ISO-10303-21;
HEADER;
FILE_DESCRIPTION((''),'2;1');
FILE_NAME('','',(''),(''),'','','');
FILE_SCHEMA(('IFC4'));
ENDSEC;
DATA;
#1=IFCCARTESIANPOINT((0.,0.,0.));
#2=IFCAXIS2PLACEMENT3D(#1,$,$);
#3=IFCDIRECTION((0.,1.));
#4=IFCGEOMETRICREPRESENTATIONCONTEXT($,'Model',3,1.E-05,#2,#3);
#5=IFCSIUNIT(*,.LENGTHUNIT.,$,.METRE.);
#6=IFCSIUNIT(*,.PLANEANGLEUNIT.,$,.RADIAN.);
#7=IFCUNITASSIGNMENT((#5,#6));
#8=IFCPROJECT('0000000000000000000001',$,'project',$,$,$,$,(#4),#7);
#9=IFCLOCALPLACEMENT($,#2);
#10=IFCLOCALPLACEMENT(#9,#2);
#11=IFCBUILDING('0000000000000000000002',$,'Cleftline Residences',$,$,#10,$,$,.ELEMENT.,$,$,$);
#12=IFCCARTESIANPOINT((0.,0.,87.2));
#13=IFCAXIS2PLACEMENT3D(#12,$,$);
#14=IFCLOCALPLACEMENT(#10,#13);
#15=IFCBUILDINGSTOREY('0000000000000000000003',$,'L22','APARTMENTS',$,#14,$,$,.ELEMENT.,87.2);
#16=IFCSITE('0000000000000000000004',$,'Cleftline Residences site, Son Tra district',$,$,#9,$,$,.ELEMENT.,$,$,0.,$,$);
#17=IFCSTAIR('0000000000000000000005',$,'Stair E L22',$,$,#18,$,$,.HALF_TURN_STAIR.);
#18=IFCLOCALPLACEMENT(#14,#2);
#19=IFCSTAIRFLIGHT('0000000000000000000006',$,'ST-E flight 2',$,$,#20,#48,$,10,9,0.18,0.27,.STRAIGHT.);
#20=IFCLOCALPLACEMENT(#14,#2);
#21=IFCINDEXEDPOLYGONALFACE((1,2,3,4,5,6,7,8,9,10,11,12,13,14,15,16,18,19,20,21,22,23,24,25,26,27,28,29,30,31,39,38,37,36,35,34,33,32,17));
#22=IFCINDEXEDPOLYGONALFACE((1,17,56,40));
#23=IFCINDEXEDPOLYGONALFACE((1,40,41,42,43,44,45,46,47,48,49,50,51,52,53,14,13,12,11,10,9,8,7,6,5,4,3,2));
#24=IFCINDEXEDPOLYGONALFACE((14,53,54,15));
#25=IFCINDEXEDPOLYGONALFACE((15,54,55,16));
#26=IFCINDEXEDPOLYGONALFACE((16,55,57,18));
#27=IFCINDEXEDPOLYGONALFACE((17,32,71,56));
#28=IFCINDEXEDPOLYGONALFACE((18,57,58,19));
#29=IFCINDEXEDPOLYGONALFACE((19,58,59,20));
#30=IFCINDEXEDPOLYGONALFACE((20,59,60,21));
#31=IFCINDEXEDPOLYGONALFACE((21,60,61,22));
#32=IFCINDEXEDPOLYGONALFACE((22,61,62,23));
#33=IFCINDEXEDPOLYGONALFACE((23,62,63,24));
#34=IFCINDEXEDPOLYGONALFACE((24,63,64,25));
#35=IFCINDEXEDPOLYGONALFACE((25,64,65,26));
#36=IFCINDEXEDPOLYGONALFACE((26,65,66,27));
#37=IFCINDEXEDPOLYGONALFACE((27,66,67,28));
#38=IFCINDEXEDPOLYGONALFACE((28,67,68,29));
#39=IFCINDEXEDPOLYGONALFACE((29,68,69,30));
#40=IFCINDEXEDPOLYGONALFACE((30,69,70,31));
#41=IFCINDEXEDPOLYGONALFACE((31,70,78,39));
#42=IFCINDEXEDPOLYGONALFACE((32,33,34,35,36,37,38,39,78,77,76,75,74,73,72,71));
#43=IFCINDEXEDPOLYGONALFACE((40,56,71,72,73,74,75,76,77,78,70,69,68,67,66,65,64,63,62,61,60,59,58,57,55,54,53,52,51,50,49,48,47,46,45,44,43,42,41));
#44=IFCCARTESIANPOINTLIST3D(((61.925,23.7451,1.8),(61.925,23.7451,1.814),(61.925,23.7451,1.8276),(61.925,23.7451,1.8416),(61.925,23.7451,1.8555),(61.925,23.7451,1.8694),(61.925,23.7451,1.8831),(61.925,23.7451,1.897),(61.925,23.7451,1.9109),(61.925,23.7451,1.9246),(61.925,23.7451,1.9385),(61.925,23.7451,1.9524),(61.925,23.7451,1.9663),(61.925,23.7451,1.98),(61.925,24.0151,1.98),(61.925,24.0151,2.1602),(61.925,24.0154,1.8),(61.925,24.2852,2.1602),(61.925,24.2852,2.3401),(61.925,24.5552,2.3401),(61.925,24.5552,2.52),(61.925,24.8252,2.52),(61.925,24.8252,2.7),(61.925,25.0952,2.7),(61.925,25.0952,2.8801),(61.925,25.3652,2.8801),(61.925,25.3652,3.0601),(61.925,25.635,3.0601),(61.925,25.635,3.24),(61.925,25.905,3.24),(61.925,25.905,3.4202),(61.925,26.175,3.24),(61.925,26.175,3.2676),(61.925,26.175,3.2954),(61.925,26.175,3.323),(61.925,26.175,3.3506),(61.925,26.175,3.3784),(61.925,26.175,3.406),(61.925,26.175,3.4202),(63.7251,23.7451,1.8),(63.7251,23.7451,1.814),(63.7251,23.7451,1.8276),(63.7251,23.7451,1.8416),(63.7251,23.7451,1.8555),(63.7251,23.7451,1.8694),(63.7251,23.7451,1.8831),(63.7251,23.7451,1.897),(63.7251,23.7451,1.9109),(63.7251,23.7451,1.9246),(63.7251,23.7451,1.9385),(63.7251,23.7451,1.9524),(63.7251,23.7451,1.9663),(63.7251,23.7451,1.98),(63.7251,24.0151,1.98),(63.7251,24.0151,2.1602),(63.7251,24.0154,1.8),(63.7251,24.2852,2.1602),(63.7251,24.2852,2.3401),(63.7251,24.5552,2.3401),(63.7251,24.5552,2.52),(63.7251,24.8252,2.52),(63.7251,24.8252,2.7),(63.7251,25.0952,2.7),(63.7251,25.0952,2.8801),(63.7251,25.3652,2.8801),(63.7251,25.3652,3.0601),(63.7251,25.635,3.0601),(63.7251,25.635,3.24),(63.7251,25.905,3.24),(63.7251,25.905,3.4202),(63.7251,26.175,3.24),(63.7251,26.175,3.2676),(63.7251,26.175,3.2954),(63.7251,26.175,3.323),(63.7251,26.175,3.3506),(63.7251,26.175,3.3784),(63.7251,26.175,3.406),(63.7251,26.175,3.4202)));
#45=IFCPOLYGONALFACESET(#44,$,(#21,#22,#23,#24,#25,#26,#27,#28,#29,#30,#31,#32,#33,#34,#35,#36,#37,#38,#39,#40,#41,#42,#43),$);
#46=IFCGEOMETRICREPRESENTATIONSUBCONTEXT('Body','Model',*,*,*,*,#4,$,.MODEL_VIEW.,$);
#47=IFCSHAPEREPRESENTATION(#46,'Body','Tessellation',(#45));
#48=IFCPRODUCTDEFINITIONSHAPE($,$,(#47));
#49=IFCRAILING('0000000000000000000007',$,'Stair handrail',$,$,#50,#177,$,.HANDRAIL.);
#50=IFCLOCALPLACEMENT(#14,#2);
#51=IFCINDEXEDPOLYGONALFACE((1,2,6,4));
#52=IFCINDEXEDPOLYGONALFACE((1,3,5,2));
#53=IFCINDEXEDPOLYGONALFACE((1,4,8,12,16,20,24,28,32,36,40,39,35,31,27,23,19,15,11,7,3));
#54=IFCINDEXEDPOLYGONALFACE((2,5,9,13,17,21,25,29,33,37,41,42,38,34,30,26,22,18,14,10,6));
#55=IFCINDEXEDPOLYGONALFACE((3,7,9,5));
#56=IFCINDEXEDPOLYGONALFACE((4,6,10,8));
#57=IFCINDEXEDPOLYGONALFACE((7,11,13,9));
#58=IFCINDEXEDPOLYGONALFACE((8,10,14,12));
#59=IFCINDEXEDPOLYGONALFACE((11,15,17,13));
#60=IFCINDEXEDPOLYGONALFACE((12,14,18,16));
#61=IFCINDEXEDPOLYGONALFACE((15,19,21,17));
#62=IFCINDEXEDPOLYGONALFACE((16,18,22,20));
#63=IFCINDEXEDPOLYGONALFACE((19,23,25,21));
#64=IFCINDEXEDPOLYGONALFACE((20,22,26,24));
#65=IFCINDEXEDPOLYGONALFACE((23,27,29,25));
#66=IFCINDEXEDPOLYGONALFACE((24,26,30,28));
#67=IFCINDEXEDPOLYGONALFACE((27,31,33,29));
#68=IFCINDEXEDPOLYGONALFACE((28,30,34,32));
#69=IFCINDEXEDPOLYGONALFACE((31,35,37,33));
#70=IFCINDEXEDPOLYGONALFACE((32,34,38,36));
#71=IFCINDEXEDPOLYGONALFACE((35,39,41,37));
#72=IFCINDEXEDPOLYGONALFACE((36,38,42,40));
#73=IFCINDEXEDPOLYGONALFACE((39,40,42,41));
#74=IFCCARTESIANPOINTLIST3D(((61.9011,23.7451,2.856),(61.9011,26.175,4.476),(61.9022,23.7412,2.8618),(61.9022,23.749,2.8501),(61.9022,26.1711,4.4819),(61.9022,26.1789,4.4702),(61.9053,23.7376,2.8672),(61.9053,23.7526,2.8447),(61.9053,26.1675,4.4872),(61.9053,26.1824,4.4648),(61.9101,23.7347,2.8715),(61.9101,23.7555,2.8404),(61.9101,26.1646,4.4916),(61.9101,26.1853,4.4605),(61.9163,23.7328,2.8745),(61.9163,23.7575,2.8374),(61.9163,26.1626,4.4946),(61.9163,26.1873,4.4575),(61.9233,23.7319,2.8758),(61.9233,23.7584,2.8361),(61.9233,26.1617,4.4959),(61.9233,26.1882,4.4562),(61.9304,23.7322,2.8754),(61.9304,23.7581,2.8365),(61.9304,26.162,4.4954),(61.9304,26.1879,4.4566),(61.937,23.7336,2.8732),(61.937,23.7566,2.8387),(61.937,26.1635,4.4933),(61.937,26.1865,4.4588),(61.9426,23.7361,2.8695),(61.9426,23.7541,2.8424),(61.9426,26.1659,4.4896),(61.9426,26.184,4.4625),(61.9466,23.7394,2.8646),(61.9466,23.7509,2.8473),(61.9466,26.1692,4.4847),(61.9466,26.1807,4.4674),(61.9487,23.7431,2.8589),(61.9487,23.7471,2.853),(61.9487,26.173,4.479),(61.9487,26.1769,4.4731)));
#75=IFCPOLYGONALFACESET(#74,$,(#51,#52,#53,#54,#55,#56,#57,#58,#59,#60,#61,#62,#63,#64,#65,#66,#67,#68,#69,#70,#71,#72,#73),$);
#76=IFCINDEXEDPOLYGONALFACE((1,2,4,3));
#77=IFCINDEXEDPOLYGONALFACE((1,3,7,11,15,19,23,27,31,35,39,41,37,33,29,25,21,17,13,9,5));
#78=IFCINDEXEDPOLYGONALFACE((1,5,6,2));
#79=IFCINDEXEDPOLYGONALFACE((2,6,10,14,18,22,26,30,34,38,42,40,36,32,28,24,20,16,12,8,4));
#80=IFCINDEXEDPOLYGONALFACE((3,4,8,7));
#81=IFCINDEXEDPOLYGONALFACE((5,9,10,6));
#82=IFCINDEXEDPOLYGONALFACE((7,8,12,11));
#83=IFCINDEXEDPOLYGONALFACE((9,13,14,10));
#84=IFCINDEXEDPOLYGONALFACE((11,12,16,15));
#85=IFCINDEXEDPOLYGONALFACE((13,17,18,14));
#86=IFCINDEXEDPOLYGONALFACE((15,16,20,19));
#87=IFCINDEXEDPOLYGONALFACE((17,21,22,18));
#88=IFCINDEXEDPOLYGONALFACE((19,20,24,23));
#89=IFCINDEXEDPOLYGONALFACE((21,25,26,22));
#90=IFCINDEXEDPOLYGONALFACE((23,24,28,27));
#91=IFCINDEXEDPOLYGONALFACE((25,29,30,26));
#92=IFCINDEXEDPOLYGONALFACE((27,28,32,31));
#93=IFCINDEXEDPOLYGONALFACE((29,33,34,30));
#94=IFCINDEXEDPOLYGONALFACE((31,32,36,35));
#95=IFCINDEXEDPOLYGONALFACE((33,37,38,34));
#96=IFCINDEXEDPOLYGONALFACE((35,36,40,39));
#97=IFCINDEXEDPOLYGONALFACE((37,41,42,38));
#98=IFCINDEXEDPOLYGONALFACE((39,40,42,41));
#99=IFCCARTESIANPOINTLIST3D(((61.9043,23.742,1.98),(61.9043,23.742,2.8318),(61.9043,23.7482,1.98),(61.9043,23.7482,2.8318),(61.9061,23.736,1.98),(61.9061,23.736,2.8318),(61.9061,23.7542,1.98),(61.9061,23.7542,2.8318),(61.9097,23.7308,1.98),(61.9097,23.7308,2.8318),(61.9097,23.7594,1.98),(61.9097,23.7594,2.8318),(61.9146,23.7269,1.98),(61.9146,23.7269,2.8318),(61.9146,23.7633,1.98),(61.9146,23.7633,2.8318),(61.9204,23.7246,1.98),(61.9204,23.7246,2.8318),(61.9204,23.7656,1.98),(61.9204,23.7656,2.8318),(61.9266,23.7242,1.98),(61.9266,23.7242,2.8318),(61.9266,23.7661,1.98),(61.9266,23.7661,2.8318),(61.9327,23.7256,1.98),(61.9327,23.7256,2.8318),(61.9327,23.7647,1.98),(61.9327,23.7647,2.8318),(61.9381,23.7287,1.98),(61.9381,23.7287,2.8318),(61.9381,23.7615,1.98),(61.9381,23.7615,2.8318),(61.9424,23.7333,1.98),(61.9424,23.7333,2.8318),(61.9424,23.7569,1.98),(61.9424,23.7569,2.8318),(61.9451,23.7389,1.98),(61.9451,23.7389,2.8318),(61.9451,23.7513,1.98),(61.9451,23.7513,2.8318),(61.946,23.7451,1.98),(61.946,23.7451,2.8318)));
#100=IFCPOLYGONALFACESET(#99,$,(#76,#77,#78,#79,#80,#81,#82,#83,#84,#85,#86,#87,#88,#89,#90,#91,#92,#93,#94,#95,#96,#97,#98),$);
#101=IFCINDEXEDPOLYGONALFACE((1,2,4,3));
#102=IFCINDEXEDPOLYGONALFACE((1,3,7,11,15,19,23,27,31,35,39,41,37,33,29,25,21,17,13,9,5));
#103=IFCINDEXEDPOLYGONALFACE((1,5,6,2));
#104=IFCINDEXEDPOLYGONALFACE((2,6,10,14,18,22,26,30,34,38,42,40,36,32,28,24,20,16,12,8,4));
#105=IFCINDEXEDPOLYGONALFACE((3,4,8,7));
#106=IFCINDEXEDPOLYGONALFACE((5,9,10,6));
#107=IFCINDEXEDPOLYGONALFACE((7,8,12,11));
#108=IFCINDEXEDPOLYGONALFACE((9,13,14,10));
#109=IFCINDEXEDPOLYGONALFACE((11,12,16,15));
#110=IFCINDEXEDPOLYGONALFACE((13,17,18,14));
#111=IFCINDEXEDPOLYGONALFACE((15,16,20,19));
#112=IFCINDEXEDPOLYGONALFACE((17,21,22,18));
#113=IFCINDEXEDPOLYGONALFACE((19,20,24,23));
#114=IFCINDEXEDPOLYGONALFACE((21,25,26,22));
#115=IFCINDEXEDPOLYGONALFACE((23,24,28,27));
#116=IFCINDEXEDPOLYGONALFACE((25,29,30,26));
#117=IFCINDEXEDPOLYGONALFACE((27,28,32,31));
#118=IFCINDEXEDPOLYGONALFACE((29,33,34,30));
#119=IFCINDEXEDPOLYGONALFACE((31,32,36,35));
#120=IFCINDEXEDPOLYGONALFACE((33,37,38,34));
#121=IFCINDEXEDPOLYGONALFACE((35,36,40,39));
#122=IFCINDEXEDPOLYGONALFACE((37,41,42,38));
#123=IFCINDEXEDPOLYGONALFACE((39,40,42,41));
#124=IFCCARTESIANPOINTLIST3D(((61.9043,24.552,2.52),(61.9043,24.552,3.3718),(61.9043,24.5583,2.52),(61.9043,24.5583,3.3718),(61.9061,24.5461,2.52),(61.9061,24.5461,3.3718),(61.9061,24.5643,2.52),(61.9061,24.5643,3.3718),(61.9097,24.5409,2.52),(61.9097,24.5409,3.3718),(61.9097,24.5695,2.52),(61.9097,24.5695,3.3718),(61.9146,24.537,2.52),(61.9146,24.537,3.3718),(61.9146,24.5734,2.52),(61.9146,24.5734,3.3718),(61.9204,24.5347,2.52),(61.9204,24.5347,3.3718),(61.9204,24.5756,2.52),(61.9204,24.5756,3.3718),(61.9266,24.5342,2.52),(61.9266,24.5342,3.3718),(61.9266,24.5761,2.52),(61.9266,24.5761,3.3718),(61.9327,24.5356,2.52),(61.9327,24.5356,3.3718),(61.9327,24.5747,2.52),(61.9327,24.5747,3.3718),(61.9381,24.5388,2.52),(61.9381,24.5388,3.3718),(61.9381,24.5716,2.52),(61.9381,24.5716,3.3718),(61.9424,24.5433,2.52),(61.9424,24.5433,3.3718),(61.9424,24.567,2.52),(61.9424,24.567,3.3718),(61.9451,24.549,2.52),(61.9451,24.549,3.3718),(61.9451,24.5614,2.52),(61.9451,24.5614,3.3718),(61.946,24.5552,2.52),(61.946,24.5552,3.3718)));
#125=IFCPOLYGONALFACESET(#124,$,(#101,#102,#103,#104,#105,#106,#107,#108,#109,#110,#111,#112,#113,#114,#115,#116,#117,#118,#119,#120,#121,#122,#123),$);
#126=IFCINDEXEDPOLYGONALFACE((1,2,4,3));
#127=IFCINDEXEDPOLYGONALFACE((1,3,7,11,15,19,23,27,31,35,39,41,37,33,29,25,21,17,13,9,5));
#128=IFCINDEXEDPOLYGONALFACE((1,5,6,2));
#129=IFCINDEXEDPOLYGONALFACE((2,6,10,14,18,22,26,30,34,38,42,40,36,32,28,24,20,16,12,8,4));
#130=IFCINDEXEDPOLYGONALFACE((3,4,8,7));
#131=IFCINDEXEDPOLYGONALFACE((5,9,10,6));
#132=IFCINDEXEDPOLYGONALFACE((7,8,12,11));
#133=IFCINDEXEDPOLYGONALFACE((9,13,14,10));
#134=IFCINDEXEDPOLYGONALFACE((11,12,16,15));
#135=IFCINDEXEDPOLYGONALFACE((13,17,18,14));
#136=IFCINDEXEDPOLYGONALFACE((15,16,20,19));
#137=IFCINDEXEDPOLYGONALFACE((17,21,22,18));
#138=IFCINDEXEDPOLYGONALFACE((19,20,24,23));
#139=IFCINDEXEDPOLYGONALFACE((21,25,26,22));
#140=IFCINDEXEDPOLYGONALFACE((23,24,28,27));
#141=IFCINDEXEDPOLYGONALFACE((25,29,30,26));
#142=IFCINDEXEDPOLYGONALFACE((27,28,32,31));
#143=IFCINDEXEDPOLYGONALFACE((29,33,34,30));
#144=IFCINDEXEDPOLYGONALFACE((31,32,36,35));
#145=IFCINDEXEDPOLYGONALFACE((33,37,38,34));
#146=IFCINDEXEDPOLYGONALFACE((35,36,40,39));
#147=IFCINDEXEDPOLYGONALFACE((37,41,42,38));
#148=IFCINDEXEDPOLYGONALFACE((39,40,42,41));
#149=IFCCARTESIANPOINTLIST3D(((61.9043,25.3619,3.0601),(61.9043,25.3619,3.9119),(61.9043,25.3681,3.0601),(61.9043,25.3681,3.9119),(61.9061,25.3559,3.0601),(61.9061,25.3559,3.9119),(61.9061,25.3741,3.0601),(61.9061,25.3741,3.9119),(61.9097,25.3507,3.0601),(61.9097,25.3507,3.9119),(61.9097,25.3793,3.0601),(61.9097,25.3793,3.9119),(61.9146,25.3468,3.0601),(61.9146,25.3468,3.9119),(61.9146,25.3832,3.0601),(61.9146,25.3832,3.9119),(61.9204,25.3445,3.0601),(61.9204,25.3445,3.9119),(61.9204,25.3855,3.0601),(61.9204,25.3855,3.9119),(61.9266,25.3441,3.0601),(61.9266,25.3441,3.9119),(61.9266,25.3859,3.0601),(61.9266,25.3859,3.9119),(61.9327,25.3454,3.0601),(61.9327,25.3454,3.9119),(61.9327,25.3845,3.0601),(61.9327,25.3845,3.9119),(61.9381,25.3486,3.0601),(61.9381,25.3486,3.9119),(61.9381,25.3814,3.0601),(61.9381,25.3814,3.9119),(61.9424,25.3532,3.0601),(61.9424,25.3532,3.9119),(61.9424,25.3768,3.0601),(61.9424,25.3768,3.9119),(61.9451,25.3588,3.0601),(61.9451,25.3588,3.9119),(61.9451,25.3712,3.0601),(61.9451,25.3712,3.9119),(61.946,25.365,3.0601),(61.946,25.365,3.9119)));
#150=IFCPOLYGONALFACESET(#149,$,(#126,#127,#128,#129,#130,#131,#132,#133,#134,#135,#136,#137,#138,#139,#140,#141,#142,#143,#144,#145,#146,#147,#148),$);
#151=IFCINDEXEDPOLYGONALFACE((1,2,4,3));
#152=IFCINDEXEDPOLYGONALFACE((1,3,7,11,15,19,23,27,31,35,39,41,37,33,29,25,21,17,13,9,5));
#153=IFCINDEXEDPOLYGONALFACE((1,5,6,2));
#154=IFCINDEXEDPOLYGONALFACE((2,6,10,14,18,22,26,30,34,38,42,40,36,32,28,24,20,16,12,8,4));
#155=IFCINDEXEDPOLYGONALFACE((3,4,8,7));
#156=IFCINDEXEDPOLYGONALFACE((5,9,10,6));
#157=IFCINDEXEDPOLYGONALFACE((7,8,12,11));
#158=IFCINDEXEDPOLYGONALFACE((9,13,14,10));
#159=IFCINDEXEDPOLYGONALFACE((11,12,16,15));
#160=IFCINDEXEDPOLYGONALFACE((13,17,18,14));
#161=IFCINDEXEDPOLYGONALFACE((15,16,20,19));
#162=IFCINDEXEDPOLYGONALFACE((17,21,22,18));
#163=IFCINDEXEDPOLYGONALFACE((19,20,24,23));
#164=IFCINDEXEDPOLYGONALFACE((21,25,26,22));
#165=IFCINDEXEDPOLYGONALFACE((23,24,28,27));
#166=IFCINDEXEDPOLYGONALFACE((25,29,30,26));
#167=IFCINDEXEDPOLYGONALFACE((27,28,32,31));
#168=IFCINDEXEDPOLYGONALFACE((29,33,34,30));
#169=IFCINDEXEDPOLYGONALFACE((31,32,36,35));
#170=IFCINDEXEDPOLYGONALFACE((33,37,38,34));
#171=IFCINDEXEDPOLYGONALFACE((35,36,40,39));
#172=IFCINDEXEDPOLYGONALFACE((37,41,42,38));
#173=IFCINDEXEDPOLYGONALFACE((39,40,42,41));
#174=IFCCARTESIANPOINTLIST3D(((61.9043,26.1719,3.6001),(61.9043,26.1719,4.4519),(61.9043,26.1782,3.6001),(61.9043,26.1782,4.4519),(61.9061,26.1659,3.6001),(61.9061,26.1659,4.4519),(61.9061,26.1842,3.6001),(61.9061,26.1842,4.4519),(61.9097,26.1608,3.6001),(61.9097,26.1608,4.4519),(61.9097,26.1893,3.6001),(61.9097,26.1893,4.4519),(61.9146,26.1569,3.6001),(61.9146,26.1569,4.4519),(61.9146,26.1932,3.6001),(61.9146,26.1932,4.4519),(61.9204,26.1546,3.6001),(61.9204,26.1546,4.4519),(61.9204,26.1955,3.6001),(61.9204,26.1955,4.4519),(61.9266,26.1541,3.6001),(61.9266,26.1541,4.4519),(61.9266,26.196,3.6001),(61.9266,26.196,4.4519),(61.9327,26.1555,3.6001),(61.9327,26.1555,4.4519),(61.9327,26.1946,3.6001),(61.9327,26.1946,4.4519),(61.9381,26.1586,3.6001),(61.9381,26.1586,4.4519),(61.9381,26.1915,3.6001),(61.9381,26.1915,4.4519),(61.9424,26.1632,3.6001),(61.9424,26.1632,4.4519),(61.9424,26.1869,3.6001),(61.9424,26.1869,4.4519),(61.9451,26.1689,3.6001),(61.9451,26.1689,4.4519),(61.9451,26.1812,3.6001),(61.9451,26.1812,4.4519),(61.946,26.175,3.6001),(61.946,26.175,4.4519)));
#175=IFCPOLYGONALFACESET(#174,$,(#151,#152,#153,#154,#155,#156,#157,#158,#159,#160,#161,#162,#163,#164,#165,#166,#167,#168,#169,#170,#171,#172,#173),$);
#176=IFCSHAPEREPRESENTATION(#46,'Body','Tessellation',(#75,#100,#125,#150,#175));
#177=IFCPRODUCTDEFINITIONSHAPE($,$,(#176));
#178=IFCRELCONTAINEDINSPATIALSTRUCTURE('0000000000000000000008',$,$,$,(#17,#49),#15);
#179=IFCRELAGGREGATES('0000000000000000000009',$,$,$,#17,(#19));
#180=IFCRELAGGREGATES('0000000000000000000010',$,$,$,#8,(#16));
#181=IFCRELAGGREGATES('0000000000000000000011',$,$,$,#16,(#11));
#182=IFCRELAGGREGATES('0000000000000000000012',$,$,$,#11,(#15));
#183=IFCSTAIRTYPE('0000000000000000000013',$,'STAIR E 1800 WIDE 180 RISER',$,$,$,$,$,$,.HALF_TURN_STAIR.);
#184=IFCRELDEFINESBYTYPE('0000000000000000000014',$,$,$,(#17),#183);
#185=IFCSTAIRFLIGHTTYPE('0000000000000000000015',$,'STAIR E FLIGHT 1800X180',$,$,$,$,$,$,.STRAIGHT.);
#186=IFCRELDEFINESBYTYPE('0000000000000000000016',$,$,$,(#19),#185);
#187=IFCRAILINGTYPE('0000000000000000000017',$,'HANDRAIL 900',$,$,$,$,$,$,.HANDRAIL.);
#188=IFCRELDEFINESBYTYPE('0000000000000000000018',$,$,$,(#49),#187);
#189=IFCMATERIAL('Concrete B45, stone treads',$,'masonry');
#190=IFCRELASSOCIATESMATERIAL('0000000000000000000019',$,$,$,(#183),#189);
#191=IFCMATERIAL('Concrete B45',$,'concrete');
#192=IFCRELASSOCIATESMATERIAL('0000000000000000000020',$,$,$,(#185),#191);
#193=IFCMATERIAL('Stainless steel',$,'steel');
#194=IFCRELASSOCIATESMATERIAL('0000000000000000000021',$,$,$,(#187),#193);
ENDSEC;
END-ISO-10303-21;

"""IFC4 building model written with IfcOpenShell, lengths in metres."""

from ifc_helpers import new_model, si_unit, direction, frame, origin, origin_2d, place, context, subcontext, project, spatial, polyline, circle, outline, extrude, material, type_object, element, aggregate, save


model = new_model("IFC4")

# Units and contexts
model_context = context("Model", 3, precision=1e-05, world=origin(), true_north=direction((0.0, 1.0)))
body_context = subcontext(model_context, "Body", "Model", "MODEL_VIEW")
ifc_project = project(units=[si_unit("LENGTHUNIT", "METRE"), si_unit("PLANEANGLEUNIT", "RADIAN")], contexts=[model_context])

# Site, building, storey
site_placement = place(None, origin())
site = spatial("IfcSite", under=ifc_project, at=site_placement, Name="Cleftline Residences site, Son Tra district", CompositionType="ELEMENT", RefElevation=0.0)
building_placement = place(site_placement, origin())
building = spatial("IfcBuilding", under=site, at=building_placement, Name="Cleftline Residences", CompositionType="ELEMENT")
storey_placement = place(building_placement, frame((0.0, 0.0, 87.2)))
storey = spatial("IfcBuildingStorey", under=building, at=storey_placement, Name="L22", Description="APARTMENTS", CompositionType="ELEMENT", Elevation=87.2)

# Stair, stair flight
ifc_material_1 = material(Name="Concrete B45, stone treads", Category="masonry")
stair_type = type_object("IfcStairType", Name="STAIR E 1800 WIDE 180 RISER", PredefinedType="HALF_TURN_STAIR", material=ifc_material_1)
stair_placement = place(storey_placement, origin())
stair = element("IfcStair", 1, at=stair_placement, inside=storey, type_object=stair_type, Name="Stair E L22", PredefinedType="HALF_TURN_STAIR")
ifc_material_2 = material(Name="Concrete B45", Category="concrete")
stair_flight_type = type_object("IfcStairFlightType", Name="STAIR E FLIGHT 1800X180", PredefinedType="STRAIGHT", material=ifc_material_2)
stair_flight_placement = place(storey_placement, frame((62.825, 23.7451, 1.8), z_axis=(0.0, 0.0, 1.0), x_axis=(0.0, 1.0, 0.0)))
stair_flight = element("IfcStairFlight", 2, at=stair_flight_placement, type_object=stair_flight_type, Name="ST-E flight 2", NumberOfRisers=10, NumberOfTreads=9, PredefinedType="STRAIGHT", RiserHeight=0.18, TreadLength=0.27, context=body_context, shape_type="SweptSolid", body=[
    extrude(outline(polyline([(0.0, 0.0), (0.0, 0.0139), (0.0, 0.0276), (0.0, 0.0415), (0.0, 0.0554), (0.0, 0.0693), (0.0, 0.083), (0.0, 0.0969), (0.0, 0.1108), (0.0, 0.1245), (0.0, 0.1384), (0.0, 0.1523), (0.0, 0.1663), (0.0, 0.1799), (0.27, 0.1799), (0.27, 0.3601), (0.54, 0.3601), (0.54, 0.54), (0.8101, 0.54), (0.8101, 0.72), (1.0801, 0.72), (1.0801, 0.8999), (1.3501, 0.8999), (1.3501, 1.0801), (1.6201, 1.0801), (1.6201, 1.26), (1.8899, 1.26), (1.8899, 1.4399), (2.1599, 1.4399), (2.1599, 1.6201), (2.4299, 1.6201), (2.4299, 1.8), (2.4299, 1.7722), (2.4299, 1.7446), (2.4299, 1.7168), (2.4299, 1.6892), (2.4299, 1.6614), (2.4299, 1.6338), (2.4299, 1.606), (2.4299, 1.5784), (2.4299, 1.5505), (2.4299, 1.5229), (2.4299, 1.4954), (2.4299, 1.4675), (2.4299, 1.4399), (0.2703, 0.0), (0.0, 0.0)])), frame((0.0, 0.8999, 0.0), z_axis=(0.0, -1.0, 0.0), x_axis=(1.0, 0.0, 0.0)), (0.0, 0.0, 1.0), 1.8),
])
aggregate(stair, [stair_flight])

# Railing
ifc_material_3 = material(Name="Stainless steel", Category="steel")
railing_type = type_object("IfcRailingType", Name="HANDRAIL 900", PredefinedType="HANDRAIL", material=ifc_material_3)
railing_placement = place(storey_placement, frame((61.925, 23.7451, 1.98)))
element("IfcRailing", 3, at=railing_placement, inside=storey, type_object=railing_type, Name="Stair handrail", PredefinedType="HANDRAIL", context=body_context, shape_type="SweptSolid", body=[
    extrude(circle(Radius=0.0239, at=origin_2d()), frame((0.0, 0.0, 0.876), z_axis=(0.0, 0.832025, 0.554739), x_axis=(-1.0, 0.0, 0.0)), (0.0, 0.0, 1.0), 2.9204),
    extrude(circle(Radius=0.021, at=origin_2d()), origin(), (0.0, 0.0, 1.0), 0.8518),
    extrude(circle(Radius=0.021, at=origin_2d()), frame((0.0, 0.8101, 0.54)), (0.0, 0.0, 1.0), 0.8518),
    extrude(circle(Radius=0.021, at=origin_2d()), frame((0.0, 1.6199, 1.0801)), (0.0, 0.0, 1.0), 0.8518),
    extrude(circle(Radius=0.021, at=origin_2d()), frame((0.0, 2.4299, 1.6201)), (0.0, 0.0, 1.0), 0.8518),
])

save(model, "model.ifc")
